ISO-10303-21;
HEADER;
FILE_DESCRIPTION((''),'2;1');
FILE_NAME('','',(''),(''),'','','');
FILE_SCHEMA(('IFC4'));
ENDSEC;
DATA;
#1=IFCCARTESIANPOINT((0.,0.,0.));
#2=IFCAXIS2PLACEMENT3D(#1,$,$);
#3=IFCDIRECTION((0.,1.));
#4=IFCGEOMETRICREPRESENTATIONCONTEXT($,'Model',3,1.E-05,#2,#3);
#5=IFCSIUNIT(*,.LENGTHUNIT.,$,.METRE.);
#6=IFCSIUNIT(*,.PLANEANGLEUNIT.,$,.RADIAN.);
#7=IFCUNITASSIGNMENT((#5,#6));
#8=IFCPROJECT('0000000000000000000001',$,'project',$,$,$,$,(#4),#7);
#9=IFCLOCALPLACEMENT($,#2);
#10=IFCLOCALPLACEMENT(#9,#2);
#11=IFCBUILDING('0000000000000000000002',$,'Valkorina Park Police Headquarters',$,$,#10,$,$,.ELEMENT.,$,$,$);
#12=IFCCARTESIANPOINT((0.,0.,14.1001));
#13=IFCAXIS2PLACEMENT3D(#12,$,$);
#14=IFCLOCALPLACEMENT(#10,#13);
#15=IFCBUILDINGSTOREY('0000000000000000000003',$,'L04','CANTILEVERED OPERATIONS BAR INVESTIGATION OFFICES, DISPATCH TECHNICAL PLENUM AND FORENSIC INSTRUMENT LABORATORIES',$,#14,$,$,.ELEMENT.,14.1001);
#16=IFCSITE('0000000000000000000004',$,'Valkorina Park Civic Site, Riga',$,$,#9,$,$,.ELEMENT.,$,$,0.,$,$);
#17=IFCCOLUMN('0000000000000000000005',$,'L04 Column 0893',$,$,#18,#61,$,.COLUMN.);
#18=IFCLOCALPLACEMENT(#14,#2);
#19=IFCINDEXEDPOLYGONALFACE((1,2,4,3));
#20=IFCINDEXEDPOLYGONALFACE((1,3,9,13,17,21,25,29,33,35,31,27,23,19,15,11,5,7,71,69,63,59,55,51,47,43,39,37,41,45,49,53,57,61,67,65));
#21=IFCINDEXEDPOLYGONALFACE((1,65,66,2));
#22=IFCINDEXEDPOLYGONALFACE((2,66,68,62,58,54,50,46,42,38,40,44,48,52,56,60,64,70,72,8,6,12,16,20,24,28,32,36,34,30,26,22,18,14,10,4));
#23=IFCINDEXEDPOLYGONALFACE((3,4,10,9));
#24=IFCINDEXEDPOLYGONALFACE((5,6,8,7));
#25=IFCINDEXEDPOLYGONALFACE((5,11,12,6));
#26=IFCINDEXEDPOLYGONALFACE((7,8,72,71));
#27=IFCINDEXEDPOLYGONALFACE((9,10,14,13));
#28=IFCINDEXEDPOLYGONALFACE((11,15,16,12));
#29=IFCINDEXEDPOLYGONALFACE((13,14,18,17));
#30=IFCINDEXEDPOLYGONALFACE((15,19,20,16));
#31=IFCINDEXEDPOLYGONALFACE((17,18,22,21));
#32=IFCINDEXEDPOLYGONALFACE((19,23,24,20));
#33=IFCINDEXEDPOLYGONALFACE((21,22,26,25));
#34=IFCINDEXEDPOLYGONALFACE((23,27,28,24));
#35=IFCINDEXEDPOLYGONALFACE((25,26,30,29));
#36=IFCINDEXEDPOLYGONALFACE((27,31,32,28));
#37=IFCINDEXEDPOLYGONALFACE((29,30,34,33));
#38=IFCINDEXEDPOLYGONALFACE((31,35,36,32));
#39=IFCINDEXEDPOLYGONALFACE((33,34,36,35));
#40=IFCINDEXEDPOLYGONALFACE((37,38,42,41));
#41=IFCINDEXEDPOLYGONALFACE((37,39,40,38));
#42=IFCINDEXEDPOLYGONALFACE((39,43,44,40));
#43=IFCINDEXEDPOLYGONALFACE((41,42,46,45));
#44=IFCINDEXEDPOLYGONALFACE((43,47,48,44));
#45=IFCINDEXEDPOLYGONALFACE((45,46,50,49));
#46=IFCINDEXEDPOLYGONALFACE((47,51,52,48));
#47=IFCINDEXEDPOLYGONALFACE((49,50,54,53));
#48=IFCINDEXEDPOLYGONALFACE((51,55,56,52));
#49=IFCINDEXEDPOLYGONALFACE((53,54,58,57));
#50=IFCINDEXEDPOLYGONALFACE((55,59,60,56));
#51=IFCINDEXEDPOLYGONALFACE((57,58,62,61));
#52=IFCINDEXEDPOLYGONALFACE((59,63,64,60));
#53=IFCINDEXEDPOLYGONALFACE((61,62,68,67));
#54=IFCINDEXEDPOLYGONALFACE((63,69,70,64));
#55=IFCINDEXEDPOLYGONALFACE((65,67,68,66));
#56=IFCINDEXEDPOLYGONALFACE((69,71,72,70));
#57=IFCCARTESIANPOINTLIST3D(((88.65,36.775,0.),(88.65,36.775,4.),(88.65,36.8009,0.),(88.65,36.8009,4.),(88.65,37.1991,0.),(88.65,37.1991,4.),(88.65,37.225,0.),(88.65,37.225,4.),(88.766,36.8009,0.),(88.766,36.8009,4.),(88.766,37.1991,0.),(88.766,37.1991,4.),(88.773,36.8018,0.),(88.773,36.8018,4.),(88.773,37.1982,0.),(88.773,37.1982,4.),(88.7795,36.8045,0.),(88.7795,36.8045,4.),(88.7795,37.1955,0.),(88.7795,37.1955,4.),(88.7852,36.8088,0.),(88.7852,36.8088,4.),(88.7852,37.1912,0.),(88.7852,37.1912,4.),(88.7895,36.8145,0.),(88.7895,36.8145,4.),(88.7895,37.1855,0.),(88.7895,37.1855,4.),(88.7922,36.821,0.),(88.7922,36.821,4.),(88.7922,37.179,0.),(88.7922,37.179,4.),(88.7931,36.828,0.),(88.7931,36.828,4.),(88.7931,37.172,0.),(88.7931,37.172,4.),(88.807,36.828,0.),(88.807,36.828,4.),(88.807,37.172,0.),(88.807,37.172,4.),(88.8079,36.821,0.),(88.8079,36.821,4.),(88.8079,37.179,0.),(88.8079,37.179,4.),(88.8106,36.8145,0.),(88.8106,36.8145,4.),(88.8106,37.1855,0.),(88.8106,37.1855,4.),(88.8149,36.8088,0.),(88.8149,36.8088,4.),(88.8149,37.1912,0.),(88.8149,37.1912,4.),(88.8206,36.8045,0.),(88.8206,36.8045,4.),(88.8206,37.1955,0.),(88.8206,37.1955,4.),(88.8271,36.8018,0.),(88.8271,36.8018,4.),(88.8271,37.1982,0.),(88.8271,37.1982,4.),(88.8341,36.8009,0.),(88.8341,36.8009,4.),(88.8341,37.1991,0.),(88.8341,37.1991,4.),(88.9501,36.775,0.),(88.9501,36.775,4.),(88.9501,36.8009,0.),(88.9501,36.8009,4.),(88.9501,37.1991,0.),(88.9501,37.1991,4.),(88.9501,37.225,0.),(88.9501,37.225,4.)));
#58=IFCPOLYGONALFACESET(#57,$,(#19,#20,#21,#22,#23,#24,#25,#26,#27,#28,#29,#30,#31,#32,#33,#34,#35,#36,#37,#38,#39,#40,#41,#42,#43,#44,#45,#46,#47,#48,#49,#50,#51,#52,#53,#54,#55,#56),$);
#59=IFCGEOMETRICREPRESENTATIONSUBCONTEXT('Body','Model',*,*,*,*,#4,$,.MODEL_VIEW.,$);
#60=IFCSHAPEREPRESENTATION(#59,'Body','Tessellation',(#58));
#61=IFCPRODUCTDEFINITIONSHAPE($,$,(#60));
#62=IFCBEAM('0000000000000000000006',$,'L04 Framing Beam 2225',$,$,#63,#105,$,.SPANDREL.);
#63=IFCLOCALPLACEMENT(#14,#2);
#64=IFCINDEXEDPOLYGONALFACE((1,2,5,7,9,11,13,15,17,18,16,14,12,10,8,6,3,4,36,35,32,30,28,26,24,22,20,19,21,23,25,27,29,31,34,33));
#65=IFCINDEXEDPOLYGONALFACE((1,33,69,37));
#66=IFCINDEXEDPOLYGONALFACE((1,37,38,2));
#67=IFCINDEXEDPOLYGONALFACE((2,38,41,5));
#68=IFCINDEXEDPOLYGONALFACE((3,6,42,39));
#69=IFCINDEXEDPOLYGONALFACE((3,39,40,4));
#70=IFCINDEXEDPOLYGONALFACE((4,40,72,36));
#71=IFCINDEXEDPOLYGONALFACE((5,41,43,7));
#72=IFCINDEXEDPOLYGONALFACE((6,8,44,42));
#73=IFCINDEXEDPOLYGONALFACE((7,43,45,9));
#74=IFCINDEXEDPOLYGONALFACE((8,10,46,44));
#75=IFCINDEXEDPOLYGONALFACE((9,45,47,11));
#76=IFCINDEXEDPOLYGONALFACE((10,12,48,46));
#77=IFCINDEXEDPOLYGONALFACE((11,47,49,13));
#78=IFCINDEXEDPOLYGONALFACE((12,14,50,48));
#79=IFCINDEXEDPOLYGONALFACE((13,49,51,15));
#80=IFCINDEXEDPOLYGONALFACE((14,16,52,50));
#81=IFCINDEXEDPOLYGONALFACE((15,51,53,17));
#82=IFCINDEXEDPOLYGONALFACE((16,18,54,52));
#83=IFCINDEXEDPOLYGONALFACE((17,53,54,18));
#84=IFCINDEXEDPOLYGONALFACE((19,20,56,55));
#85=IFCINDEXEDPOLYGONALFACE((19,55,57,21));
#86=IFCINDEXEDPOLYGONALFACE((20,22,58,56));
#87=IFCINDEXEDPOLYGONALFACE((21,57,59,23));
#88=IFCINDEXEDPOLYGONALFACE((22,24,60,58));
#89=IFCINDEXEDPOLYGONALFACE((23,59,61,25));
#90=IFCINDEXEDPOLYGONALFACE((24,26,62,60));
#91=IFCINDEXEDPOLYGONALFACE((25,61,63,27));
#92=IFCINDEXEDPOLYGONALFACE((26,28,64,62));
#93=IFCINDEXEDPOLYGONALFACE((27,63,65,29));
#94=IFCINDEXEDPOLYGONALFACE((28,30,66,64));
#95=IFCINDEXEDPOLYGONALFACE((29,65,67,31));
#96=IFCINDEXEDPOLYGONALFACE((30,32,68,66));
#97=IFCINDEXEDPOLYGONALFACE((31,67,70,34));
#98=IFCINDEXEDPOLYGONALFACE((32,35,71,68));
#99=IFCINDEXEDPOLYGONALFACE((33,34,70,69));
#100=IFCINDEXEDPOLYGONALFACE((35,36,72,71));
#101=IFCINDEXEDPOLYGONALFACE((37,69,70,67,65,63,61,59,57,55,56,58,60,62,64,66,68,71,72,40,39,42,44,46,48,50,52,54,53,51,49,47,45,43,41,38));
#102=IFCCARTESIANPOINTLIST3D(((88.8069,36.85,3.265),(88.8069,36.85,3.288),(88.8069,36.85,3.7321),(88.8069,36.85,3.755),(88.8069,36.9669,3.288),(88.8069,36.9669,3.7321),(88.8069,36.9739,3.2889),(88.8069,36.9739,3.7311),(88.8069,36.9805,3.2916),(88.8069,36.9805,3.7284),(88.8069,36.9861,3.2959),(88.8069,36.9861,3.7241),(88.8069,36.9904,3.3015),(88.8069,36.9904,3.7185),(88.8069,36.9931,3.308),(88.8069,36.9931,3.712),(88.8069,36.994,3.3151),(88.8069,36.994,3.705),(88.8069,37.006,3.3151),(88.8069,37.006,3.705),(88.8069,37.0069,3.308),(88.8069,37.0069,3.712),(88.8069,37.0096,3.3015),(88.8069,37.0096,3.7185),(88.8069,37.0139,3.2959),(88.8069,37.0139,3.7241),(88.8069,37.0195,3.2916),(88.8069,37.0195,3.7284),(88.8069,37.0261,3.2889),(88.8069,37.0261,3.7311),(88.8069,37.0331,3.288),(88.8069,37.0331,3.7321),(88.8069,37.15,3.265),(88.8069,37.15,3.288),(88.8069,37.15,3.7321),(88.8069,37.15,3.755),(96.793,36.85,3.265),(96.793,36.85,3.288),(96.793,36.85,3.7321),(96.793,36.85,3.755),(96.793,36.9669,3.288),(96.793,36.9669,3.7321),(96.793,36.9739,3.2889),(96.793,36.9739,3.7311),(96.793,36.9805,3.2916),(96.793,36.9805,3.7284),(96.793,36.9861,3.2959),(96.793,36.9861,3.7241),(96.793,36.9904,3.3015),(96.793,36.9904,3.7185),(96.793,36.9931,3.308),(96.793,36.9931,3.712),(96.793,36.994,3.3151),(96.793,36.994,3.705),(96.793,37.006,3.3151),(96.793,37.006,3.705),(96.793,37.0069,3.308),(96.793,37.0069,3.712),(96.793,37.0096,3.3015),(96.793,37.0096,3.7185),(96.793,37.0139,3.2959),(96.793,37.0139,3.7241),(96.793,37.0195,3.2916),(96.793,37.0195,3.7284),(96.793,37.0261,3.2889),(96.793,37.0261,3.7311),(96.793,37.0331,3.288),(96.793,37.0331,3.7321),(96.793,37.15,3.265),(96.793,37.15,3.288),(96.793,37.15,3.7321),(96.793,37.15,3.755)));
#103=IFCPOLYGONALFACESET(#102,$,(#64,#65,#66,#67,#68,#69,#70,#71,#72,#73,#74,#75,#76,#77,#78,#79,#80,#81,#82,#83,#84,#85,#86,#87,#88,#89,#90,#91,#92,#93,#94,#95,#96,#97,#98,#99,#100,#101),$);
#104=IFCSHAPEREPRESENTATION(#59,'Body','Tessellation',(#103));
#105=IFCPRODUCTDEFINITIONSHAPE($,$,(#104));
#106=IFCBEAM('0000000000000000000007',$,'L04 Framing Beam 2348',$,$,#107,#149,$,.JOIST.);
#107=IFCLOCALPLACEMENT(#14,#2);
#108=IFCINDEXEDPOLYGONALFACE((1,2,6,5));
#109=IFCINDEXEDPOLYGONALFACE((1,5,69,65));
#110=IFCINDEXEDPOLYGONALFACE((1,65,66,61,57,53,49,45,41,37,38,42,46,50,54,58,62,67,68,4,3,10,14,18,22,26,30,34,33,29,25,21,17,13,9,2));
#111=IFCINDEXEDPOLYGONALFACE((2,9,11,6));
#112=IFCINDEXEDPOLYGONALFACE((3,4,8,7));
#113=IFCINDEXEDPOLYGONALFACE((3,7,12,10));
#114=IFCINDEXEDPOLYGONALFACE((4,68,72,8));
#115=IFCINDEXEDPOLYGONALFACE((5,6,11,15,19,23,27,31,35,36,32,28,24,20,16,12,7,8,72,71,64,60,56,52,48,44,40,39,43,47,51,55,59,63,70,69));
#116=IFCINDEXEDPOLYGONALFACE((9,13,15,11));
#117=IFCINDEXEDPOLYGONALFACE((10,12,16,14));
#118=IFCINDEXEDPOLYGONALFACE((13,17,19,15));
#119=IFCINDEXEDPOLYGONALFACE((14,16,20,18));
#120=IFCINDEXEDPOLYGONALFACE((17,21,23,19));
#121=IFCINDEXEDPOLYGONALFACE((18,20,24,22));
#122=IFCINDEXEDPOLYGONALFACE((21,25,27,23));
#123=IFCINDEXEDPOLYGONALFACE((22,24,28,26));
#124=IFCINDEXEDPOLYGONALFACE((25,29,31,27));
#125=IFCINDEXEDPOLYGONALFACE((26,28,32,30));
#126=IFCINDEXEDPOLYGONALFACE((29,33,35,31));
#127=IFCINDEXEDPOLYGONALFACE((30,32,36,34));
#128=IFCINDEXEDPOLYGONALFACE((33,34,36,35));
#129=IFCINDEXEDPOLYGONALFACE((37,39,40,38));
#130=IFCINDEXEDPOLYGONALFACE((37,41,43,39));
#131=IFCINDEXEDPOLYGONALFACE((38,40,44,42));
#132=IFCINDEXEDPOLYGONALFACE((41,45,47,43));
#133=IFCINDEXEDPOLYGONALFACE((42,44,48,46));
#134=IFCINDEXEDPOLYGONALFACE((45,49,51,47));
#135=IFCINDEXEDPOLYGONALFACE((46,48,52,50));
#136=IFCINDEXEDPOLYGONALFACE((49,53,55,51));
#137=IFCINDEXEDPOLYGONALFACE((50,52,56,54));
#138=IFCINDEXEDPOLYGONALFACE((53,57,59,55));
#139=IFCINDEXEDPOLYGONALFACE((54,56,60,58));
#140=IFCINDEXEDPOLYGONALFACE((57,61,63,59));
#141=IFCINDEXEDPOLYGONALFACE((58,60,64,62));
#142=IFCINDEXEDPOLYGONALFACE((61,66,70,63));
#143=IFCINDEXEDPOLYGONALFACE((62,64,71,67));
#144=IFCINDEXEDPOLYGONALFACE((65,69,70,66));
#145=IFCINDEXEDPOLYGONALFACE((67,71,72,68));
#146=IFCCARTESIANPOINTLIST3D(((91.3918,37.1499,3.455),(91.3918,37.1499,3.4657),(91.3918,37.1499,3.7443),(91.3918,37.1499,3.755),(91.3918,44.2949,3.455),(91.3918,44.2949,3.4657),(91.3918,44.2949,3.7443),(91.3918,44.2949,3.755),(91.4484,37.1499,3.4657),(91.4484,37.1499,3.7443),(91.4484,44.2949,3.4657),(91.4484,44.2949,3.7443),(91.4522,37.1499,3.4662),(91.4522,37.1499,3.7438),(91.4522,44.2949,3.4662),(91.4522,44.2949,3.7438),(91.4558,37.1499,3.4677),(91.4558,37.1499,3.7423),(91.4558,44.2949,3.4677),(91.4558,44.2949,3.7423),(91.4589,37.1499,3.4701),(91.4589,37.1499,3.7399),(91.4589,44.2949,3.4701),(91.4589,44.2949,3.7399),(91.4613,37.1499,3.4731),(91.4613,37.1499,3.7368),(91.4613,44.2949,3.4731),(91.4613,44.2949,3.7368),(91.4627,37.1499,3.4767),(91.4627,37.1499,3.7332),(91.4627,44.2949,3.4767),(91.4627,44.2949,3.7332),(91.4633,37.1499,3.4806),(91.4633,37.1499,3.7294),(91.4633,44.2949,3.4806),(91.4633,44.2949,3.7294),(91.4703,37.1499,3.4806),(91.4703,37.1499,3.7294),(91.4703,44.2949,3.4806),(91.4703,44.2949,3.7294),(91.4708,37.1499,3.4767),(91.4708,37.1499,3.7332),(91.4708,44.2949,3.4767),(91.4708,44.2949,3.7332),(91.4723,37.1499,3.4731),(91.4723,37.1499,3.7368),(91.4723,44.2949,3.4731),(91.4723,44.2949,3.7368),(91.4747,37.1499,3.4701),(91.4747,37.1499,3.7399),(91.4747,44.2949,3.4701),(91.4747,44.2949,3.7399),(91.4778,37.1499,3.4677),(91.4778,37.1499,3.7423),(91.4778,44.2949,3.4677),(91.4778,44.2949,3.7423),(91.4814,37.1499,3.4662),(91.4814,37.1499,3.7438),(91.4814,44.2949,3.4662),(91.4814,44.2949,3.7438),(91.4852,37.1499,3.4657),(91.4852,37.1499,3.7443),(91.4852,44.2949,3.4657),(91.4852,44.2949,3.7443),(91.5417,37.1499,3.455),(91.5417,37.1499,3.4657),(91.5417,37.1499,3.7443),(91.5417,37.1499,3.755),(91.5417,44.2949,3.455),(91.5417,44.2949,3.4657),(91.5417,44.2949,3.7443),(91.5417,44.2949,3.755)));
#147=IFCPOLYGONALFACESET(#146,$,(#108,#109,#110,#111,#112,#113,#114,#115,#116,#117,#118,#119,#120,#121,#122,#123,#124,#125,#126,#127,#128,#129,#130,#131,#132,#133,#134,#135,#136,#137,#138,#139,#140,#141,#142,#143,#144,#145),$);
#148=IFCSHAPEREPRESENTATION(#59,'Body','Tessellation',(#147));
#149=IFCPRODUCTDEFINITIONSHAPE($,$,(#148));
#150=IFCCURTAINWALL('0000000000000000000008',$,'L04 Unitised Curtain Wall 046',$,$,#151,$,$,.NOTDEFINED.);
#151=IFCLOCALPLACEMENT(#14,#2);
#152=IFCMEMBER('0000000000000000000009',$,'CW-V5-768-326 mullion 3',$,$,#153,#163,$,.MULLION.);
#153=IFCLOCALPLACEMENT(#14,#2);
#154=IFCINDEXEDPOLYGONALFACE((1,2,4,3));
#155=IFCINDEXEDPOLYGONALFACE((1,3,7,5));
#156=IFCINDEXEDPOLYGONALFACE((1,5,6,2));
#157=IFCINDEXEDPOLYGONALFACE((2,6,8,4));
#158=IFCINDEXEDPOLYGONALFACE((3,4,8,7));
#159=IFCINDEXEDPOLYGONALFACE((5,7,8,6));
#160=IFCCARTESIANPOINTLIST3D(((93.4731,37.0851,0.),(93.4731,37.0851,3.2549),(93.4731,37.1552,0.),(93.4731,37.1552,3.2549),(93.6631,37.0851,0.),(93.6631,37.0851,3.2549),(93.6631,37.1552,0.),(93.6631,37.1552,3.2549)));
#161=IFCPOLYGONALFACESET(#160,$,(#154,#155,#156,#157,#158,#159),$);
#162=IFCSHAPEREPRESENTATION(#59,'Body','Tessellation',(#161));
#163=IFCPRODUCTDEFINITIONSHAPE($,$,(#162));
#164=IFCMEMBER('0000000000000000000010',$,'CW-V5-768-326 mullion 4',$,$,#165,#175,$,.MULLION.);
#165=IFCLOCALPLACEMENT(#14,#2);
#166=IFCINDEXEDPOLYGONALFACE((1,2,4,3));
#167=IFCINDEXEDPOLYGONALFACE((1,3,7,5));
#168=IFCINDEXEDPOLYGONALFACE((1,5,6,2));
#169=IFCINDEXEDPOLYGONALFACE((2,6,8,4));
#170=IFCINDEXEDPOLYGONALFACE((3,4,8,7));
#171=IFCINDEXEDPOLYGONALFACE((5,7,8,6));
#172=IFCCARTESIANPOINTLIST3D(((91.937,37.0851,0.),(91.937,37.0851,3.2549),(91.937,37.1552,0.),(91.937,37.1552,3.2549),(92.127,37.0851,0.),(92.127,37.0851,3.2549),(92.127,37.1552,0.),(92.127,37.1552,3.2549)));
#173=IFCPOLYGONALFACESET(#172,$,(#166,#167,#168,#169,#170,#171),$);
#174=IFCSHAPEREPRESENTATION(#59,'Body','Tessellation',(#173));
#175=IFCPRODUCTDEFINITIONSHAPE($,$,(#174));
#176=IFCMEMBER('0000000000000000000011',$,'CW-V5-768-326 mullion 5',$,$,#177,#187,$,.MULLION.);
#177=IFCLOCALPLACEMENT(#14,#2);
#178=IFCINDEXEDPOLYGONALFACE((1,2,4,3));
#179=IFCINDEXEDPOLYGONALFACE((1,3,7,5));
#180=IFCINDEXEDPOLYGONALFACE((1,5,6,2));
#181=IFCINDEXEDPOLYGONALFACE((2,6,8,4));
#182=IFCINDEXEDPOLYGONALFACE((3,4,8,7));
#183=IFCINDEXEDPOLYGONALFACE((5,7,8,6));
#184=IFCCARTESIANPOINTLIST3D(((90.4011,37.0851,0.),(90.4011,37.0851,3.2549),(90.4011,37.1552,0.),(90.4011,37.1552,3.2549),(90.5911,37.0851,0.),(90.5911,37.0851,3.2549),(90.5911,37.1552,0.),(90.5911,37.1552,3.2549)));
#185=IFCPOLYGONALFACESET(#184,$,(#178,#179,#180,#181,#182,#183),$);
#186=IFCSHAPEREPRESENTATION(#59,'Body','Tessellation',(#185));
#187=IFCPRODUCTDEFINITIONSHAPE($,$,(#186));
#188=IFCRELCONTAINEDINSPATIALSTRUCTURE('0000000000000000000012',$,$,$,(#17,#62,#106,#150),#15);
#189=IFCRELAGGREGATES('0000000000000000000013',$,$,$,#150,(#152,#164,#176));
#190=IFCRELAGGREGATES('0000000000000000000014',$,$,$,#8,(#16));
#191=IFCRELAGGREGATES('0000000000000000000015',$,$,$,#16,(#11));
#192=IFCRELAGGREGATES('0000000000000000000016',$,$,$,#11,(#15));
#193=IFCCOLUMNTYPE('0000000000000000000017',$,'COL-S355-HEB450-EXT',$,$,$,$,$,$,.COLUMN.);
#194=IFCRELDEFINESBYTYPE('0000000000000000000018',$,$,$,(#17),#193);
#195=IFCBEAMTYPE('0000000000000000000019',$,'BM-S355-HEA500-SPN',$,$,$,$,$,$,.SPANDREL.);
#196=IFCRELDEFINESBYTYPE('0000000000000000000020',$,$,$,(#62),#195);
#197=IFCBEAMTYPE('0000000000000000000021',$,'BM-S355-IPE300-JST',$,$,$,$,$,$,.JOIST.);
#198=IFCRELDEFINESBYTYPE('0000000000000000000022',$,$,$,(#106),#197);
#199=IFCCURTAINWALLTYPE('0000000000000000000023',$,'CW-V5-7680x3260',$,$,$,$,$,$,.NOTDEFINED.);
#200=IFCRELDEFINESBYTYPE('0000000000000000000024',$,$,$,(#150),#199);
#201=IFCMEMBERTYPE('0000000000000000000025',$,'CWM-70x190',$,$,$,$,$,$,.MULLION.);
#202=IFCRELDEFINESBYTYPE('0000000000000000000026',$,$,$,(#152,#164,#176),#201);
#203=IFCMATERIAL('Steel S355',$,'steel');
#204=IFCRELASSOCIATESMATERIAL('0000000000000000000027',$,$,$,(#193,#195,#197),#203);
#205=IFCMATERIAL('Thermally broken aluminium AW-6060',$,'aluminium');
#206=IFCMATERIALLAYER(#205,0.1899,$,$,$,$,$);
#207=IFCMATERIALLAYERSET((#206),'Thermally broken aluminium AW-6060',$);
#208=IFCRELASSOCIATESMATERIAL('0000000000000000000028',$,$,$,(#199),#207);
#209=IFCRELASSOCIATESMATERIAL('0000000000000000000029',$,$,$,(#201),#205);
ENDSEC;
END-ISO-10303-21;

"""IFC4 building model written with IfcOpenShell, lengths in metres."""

from ifc_helpers import new_model, si_unit, direction, frame, origin, origin_2d, place, context, subcontext, project, spatial, rectangle, i_section, extrude, material, layer, layer_set, material_profile, profile_set, type_object, element, aggregate, save


model = new_model("IFC4")

# Units and contexts
model_context = context("Model", 3, precision=1e-05, world=origin(), true_north=direction((0.0, 1.0)))
body_context = subcontext(model_context, "Body", "Model", "MODEL_VIEW")
ifc_project = project(units=[si_unit("LENGTHUNIT", "METRE"), si_unit("PLANEANGLEUNIT", "RADIAN")], contexts=[model_context])

# Site, building, storey
site_placement = place(None, origin())
site = spatial("IfcSite", under=ifc_project, at=site_placement, Name="Valkorina Park Civic Site, Riga", CompositionType="ELEMENT", RefElevation=0.0)
building_placement = place(site_placement, origin())
building = spatial("IfcBuilding", under=site, at=building_placement, Name="Valkorina Park Police Headquarters", CompositionType="ELEMENT")
storey_placement = place(building_placement, frame((0.0, 0.0, 14.1001)))
storey = spatial("IfcBuildingStorey", under=building, at=storey_placement, Name="L04", Description="CANTILEVERED OPERATIONS BAR INVESTIGATION OFFICES, DISPATCH TECHNICAL PLENUM AND FORENSIC INSTRUMENT LABORATORIES", CompositionType="ELEMENT", Elevation=14.1001)

# Column
ifc_material_1 = material(Name="Steel S355", Category="steel")
ifc_material_profile_1 = material_profile(ifc_material_1, i_section(OverallWidth=0.3, OverallDepth=0.45, WebThickness=0.0139, FlangeThickness=0.0259, FilletRadius=0.0271, at=origin_2d()), Name="HEB 450")
ifc_profile_set_1 = profile_set([ifc_material_profile_1], Name="Steel S355")
column_type = type_object("IfcColumnType", Name="COL-S355-HEB450-EXT", PredefinedType="COLUMN", material=ifc_profile_set_1)
column_placement = place(storey_placement, frame((88.8, 37.0, 0.0), z_axis=(0.0, 0.0, 1.0), x_axis=(1.0, 0.0, 0.0)))
element("IfcColumn", 1, at=column_placement, inside=storey, type_object=column_type, Name="L04 Column 0893", PredefinedType="COLUMN", context=body_context, shape_type="SweptSolid", body=[
    extrude(i_section(OverallWidth=0.3, OverallDepth=0.45, WebThickness=0.0139, FlangeThickness=0.0259, FilletRadius=0.0271, at=origin_2d()), origin(), (0.0, 0.0, 1.0), 4.0),
])

# Beams
ifc_material_profile_2 = material_profile(ifc_material_1, i_section(OverallWidth=0.3, OverallDepth=0.49, WebThickness=0.012, FlangeThickness=0.0229, FilletRadius=0.0271, at=origin_2d()), Name="HEA 500")
ifc_profile_set_2 = profile_set([ifc_material_profile_2], Name="Steel S355")
beam_type_1 = type_object("IfcBeamType", Name="BM-S355-HEA500-SPN", PredefinedType="SPANDREL", material=ifc_profile_set_2)
beam_1_placement = place(storey_placement, frame((88.8069, 37.0, 3.51), z_axis=(1.0, 0.0, 0.0), x_axis=(0.0, 1.0, 0.0)))
element("IfcBeam", 2, at=beam_1_placement, inside=storey, type_object=beam_type_1, Name="L04 Framing Beam 2225", PredefinedType="SPANDREL", context=body_context, shape_type="SweptSolid", body=[
    extrude(i_section(OverallWidth=0.3, OverallDepth=0.49, WebThickness=0.012, FlangeThickness=0.0229, FilletRadius=0.0271, at=origin_2d()), origin(), (0.0, 0.0, 1.0), 7.9861),
])
ifc_material_profile_3 = material_profile(ifc_material_1, i_section(OverallWidth=0.1499, OverallDepth=0.3, WebThickness=0.0071, FlangeThickness=0.0107, FilletRadius=0.0149, at=origin_2d()), Name="IPE 300")
ifc_profile_set_3 = profile_set([ifc_material_profile_3], Name="Steel S355")
beam_type_2 = type_object("IfcBeamType", Name="BM-S355-IPE300-JST", PredefinedType="JOIST", material=ifc_profile_set_3)
beam_2_placement = place(storey_placement, frame((91.4668, 37.1499, 3.605), z_axis=(0.0, 1.0, 0.0), x_axis=(-1.0, 0.0, 0.0)))
element("IfcBeam", 3, at=beam_2_placement, inside=storey, type_object=beam_type_2, Name="L04 Framing Beam 2348", PredefinedType="JOIST", context=body_context, shape_type="SweptSolid", body=[
    extrude(i_section(OverallWidth=0.1499, OverallDepth=0.3, WebThickness=0.0071, FlangeThickness=0.0107, FilletRadius=0.0149, at=origin_2d()), origin(), (0.0, 0.0, 1.0), 7.145),
])

# Curtain wall, members
ifc_material_2 = material(Name="Thermally broken aluminium AW-6060", Category="aluminium")
ifc_layer_1 = layer(ifc_material_2, 0.1899)
ifc_layer_set_1 = layer_set([ifc_layer_1], Name="Thermally broken aluminium AW-6060")
curtain_wall_type = type_object("IfcCurtainWallType", Name="CW-V5-7680x3260", PredefinedType="NOTDEFINED", material=ifc_layer_set_1)
curtain_wall_placement = place(storey_placement, origin())
curtain_wall = element("IfcCurtainWall", 4, at=curtain_wall_placement, inside=storey, type_object=curtain_wall_type, Name="L04 Unitised Curtain Wall 046", PredefinedType="NOTDEFINED")
ifc_material_profile_4 = material_profile(ifc_material_2, rectangle(XDim=0.0701, YDim=0.1899, at=origin_2d()), Name="CWM-02 70x190")
ifc_profile_set_4 = profile_set([ifc_material_profile_4], Name="Thermally broken aluminium AW-6060")
member_type_1 = type_object("IfcMemberType", Name="CWM-70x190", PredefinedType="MULLION", material=ifc_profile_set_4)
member_1_placement = place(storey_placement, frame((93.5681, 37.1201, 0.0), z_axis=(0.0, 0.0, 1.0), x_axis=(0.0, -1.0, 0.0)))
member_1 = element("IfcMember", 5, at=member_1_placement, type_object=member_type_1, Name="CW-V5-768-326 mullion 3", PredefinedType="MULLION", context=body_context, shape_type="SweptSolid", body=[
    extrude(rectangle(XDim=0.0701, YDim=0.1899, at=origin_2d()), origin(), (0.0, 0.0, 1.0), 3.2549),
])
member_2_placement = place(storey_placement, frame((92.032, 37.1201, 0.0), z_axis=(0.0, 0.0, 1.0), x_axis=(0.0, -1.0, 0.0)))
member_2 = element("IfcMember", 6, at=member_2_placement, type_object=member_type_1, Name="CW-V5-768-326 mullion 4", PredefinedType="MULLION", context=body_context, shape_type="SweptSolid", body=[
    extrude(rectangle(XDim=0.0701, YDim=0.1899, at=origin_2d()), origin(), (0.0, 0.0, 1.0), 3.2549),
])
member_3_placement = place(storey_placement, frame((90.4961, 37.1201, 0.0), z_axis=(0.0, 0.0, 1.0), x_axis=(0.0, -1.0, 0.0)))
member_3 = element("IfcMember", 7, at=member_3_placement, type_object=member_type_1, Name="CW-V5-768-326 mullion 5", PredefinedType="MULLION", context=body_context, shape_type="SweptSolid", body=[
    extrude(rectangle(XDim=0.0701, YDim=0.1899, at=origin_2d()), origin(), (0.0, 0.0, 1.0), 3.2549),
])
aggregate(curtain_wall, [member_1, member_2, member_3])

save(model, "model.ifc")
